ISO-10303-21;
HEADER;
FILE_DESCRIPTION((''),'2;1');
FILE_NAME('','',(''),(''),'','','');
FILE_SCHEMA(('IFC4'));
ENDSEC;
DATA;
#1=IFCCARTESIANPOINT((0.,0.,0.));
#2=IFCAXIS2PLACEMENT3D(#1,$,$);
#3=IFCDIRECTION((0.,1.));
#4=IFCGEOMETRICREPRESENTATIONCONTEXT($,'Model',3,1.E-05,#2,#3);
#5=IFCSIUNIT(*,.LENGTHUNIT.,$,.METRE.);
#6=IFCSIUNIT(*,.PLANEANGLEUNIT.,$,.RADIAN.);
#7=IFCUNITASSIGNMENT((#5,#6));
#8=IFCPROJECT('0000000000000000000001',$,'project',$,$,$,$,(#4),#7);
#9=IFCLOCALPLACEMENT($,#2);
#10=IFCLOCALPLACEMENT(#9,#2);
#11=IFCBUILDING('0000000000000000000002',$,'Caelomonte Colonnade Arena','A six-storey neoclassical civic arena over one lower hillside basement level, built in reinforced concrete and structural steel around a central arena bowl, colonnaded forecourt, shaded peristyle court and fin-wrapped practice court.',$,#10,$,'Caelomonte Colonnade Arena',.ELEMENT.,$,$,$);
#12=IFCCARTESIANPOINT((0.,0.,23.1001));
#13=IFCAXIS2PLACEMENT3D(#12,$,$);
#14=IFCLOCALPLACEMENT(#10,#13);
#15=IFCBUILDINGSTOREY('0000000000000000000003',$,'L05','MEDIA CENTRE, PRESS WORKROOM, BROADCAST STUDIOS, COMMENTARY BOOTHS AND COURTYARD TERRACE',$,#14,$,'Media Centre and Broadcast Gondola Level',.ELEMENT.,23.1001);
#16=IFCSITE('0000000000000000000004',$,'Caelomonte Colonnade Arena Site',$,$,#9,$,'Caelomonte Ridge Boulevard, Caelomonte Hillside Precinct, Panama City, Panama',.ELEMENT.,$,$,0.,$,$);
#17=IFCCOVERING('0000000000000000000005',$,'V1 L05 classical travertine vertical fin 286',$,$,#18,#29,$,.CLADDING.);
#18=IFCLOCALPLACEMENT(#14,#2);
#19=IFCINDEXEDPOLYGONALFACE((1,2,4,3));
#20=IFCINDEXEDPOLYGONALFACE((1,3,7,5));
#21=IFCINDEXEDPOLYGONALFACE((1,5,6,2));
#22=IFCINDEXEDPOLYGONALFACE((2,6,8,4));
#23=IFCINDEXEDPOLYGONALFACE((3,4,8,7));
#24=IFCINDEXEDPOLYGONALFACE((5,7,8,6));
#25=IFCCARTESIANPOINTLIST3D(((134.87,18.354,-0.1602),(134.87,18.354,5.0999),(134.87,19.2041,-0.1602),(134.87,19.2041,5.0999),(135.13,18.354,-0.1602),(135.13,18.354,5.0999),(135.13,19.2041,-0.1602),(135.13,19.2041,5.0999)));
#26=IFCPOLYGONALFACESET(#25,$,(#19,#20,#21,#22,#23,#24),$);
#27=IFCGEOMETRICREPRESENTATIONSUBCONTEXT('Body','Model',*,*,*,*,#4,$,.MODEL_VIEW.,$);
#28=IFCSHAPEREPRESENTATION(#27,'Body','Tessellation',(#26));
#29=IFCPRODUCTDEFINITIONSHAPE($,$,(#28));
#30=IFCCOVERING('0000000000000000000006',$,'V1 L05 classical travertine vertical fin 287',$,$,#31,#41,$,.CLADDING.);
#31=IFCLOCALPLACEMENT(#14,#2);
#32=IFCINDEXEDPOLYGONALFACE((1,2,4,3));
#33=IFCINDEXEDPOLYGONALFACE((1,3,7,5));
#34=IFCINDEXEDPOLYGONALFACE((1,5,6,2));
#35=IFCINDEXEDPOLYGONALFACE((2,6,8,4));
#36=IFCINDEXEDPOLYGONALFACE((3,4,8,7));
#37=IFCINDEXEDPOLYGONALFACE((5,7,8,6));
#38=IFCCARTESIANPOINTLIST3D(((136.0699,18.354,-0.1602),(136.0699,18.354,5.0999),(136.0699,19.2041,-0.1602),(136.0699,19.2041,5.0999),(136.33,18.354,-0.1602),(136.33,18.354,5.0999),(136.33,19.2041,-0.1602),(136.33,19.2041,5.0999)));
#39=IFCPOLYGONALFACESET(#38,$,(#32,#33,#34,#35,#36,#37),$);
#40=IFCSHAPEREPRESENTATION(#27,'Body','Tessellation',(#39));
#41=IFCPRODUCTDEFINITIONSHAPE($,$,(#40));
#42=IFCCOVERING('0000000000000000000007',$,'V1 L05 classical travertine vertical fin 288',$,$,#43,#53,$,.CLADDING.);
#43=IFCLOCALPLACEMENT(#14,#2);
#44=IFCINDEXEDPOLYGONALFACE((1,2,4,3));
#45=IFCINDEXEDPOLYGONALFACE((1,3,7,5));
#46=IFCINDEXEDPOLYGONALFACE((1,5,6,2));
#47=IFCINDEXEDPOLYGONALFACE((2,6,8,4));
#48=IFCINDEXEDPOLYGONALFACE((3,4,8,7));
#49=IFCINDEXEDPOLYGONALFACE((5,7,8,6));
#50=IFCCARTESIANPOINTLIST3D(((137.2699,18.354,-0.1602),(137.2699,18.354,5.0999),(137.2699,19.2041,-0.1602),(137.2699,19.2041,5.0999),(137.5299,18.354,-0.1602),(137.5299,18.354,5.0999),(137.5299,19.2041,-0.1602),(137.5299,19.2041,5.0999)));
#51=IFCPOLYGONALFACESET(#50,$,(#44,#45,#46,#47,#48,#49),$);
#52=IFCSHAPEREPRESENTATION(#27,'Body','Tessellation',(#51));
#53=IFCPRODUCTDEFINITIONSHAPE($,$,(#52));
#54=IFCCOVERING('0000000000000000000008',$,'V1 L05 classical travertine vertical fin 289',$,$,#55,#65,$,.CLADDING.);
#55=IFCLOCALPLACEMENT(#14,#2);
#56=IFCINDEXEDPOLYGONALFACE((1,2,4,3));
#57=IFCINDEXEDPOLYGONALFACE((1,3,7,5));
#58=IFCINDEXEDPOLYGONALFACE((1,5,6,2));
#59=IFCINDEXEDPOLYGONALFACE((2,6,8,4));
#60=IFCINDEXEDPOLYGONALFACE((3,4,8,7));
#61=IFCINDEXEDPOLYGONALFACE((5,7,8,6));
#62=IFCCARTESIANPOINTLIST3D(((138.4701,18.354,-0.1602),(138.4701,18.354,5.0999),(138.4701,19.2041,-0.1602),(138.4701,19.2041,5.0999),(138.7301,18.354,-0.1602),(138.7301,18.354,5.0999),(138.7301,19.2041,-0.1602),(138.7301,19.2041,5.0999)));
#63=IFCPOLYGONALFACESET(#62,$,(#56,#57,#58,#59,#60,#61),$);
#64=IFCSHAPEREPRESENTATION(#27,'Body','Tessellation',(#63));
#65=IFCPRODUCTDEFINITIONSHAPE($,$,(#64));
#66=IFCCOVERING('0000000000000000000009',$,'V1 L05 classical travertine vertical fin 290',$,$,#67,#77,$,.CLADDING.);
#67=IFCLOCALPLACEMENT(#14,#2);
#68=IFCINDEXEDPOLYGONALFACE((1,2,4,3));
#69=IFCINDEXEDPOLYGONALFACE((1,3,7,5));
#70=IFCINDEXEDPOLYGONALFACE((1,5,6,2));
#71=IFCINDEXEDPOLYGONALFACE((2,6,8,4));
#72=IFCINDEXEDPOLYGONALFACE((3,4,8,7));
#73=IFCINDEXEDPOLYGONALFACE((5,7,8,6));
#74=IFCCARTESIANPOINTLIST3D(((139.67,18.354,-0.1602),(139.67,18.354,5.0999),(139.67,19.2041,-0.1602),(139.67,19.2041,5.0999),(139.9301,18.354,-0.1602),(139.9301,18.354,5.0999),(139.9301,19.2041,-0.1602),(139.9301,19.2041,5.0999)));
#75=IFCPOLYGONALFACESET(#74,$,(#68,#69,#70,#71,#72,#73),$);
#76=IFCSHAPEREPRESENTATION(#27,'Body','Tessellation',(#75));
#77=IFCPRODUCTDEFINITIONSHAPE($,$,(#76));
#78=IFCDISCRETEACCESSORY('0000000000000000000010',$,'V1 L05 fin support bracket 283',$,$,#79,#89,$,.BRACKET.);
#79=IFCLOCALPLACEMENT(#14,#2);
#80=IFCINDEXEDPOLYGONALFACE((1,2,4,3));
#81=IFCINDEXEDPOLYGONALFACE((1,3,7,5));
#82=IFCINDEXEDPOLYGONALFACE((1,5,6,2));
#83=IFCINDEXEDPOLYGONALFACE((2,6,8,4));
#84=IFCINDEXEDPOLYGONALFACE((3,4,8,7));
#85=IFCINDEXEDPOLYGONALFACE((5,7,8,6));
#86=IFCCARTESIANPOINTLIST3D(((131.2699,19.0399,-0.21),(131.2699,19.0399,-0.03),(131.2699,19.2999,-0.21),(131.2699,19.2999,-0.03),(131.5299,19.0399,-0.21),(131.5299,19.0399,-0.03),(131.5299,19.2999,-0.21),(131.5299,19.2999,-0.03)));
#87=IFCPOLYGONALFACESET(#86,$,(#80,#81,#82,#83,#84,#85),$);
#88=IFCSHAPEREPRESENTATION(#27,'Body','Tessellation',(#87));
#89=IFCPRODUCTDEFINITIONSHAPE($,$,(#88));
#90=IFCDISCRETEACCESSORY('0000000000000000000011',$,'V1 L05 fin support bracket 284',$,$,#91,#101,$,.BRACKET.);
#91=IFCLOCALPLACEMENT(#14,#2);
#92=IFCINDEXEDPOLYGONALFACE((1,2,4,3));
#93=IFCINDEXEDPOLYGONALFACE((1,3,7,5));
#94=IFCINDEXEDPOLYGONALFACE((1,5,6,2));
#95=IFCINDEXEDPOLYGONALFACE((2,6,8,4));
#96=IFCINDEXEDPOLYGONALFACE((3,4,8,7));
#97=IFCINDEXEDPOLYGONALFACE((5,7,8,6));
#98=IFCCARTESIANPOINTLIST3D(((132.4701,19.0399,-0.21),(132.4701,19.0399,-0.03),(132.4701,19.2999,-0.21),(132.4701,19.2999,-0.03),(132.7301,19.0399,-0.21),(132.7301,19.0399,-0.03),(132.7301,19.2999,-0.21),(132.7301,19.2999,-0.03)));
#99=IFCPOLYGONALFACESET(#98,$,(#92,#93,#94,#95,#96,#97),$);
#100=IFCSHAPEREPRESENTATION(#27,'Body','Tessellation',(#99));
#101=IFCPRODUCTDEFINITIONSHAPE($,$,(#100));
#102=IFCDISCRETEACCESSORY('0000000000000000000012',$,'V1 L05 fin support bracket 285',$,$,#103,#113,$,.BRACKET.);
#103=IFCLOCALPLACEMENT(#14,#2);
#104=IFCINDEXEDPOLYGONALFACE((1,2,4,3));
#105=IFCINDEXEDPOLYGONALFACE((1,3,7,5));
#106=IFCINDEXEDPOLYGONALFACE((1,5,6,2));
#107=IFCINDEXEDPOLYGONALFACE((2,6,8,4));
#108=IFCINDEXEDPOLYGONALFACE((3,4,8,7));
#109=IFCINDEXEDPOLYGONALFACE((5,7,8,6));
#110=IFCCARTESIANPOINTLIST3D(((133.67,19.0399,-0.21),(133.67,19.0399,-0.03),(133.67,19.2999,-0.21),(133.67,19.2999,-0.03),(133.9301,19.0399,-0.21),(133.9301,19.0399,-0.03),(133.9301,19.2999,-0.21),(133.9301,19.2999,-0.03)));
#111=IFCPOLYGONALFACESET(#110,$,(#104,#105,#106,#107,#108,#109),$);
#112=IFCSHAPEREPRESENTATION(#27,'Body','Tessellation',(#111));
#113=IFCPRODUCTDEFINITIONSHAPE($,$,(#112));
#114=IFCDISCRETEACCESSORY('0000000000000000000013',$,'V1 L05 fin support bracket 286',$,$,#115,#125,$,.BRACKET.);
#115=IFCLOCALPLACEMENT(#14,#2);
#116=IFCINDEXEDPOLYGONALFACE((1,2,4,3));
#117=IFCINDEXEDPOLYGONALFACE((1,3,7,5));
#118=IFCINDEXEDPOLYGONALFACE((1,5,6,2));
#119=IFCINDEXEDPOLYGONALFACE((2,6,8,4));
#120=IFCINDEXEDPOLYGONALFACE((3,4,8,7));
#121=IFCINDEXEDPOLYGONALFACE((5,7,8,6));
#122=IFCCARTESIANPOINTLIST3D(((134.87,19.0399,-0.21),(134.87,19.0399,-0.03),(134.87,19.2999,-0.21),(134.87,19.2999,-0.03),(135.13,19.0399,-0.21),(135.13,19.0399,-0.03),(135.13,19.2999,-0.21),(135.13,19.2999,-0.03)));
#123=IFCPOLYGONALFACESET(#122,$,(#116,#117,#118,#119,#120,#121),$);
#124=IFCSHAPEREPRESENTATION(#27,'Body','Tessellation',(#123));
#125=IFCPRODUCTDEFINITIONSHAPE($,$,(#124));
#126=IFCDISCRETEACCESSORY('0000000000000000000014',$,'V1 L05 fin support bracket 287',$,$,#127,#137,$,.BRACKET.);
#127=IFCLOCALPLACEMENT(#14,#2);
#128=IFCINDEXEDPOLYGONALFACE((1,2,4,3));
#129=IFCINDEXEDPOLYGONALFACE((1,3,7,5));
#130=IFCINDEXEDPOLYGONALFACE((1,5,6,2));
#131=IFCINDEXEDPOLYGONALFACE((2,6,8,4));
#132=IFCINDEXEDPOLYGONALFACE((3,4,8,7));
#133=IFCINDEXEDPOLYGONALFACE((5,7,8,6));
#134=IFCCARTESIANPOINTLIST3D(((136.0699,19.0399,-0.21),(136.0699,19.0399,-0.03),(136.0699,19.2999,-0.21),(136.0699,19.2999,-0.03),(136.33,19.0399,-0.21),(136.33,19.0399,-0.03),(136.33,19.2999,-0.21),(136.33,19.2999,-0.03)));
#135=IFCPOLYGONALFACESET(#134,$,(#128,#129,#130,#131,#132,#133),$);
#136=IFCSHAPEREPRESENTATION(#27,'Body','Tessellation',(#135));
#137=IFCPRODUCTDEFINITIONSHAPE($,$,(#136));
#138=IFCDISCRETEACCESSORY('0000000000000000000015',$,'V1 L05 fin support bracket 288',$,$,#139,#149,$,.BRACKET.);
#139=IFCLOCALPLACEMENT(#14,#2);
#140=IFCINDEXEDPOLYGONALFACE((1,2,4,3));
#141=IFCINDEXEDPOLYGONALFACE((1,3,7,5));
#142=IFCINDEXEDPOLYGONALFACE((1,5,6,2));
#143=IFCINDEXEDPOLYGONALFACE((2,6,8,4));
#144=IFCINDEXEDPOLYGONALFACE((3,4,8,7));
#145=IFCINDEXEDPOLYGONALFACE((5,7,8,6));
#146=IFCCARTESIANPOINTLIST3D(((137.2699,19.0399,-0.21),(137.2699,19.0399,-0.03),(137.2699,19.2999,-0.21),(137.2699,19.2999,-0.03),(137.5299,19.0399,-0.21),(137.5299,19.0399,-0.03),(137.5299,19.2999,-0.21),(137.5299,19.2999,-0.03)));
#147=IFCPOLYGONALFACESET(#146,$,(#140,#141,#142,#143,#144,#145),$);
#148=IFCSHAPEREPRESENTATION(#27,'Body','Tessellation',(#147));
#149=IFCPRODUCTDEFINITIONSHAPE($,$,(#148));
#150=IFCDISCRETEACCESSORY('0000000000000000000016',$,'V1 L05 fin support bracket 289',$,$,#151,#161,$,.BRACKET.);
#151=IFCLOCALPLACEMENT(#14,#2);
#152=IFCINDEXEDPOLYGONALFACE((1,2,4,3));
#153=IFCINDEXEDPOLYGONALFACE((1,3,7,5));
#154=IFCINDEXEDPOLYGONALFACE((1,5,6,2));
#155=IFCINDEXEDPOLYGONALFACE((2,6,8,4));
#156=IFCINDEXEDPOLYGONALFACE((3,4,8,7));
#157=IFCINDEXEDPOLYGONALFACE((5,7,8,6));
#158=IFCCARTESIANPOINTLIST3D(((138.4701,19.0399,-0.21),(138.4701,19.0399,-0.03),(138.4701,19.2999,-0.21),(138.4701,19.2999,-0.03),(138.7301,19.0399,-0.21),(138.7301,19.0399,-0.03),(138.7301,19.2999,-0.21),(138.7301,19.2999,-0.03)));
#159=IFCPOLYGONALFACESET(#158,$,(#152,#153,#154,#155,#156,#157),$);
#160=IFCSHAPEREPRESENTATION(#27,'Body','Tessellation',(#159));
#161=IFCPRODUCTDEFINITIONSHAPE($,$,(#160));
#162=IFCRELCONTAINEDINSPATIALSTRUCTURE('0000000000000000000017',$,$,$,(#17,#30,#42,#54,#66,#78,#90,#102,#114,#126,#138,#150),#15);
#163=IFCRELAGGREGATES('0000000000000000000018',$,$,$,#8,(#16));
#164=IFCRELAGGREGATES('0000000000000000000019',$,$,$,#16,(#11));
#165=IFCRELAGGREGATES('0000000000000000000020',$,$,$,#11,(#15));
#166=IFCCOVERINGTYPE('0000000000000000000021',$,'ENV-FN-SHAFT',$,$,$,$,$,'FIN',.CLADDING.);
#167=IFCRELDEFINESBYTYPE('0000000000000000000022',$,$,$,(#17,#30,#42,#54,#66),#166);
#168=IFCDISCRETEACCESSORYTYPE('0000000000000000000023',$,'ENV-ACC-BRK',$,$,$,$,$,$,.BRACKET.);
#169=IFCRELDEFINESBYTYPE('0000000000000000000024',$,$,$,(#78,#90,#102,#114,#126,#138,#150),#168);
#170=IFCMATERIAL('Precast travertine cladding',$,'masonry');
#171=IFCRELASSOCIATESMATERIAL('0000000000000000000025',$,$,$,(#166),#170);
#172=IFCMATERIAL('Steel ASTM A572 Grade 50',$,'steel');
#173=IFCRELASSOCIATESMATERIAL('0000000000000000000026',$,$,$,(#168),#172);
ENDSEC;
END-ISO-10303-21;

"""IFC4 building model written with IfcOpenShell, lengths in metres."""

from ifc_helpers import new_model, si_unit, direction, frame, origin, origin_2d, place, context, subcontext, project, spatial, rectangle, extrude, material, material_profile, profile_set, type_object, element, save


model = new_model("IFC4")

# Units and contexts
model_context = context("Model", 3, precision=1e-05, world=origin(), true_north=direction((0.0, 1.0)))
body_context = subcontext(model_context, "Body", "Model", "MODEL_VIEW")
ifc_project = project(units=[si_unit("LENGTHUNIT", "METRE"), si_unit("PLANEANGLEUNIT", "RADIAN")], contexts=[model_context])

# Site, building, storey
site_placement = place(None, origin())
site = spatial("IfcSite", under=ifc_project, at=site_placement, Name="Caelomonte Colonnade Arena Site", LongName="Caelomonte Ridge Boulevard, Caelomonte Hillside Precinct, Panama City, Panama", CompositionType="ELEMENT", RefElevation=0.0)
building_placement = place(site_placement, origin())
building = spatial("IfcBuilding", under=site, at=building_placement, Name="Caelomonte Colonnade Arena", Description="A six-storey neoclassical civic arena over one lower hillside basement level, built in reinforced concrete and structural steel around a central arena bowl, colonnaded forecourt, shaded peristyle court and fin-wrapped practice court.", LongName="Caelomonte Colonnade Arena", CompositionType="ELEMENT")
storey_placement = place(building_placement, frame((0.0, 0.0, 23.1001)))
storey = spatial("IfcBuildingStorey", under=building, at=storey_placement, Name="L05", Description="MEDIA CENTRE, PRESS WORKROOM, BROADCAST STUDIOS, COMMENTARY BOOTHS AND COURTYARD TERRACE", LongName="Media Centre and Broadcast Gondola Level", CompositionType="ELEMENT", Elevation=23.1001)

# Coverings
ifc_material_1 = material(Name="Precast travertine cladding", Category="masonry")
ifc_material_profile_1 = material_profile(ifc_material_1, rectangle(XDim=0.26, YDim=0.8501, at=origin_2d()), Name="FIN260X850")
ifc_profile_set_1 = profile_set([ifc_material_profile_1], Name="Precast travertine cladding")
covering_type = type_object("IfcCoveringType", Name="ENV-FN-SHAFT", ElementType="FIN", PredefinedType="CLADDING", material=ifc_profile_set_1)
for number, where, z_axis, x_axis, name in (
    (1, (135.0, 18.7791, -0.1602), (0.0, 0.0, 1.0), (-1.0, 0.0, 0.0), "V1 L05 classical travertine vertical fin 286"),
    (2, (136.2, 18.7791, -0.1602), (0.0, 0.0, 1.0), (-1.0, 0.0, 0.0), "V1 L05 classical travertine vertical fin 287"),
    (3, (137.3999, 18.7791, -0.1602), (0.0, 0.0, 1.0), (-1.0, 0.0, 0.0), "V1 L05 classical travertine vertical fin 288"),
    (4, (138.6001, 18.7791, -0.1602), (0.0, 0.0, 1.0), (-1.0, 0.0, 0.0), "V1 L05 classical travertine vertical fin 289"),
    (5, (139.8, 18.7791, -0.1602), (0.0, 0.0, 1.0), (-1.0, 0.0, 0.0), "V1 L05 classical travertine vertical fin 290"),
):
    element("IfcCovering", number, at=place(storey_placement, frame(where, z_axis=z_axis, x_axis=x_axis)), inside=storey, type_object=covering_type, Name=name, PredefinedType="CLADDING", context=body_context, shape_type="SweptSolid", body=[
        extrude(rectangle(XDim=0.26, YDim=0.8501, at=origin_2d()), origin(), (0.0, 0.0, 1.0), 5.26),
    ])

# Discrete accessories
ifc_material_2 = material(Name="Steel ASTM A572 Grade 50", Category="steel")
discrete_accessory_type = type_object("IfcDiscreteAccessoryType", Name="ENV-ACC-BRK", PredefinedType="BRACKET", material=ifc_material_2)
for number, where, z_axis, x_axis, name in (
    (6, (131.3999, 19.1699, -0.21), (0.0, 0.0, 1.0), (1.0, 0.0, 0.0), "V1 L05 fin support bracket 283"),
    (7, (132.6001, 19.1699, -0.21), (0.0, 0.0, 1.0), (1.0, 0.0, 0.0), "V1 L05 fin support bracket 284"),
    (8, (133.8, 19.1699, -0.21), (0.0, 0.0, 1.0), (1.0, 0.0, 0.0), "V1 L05 fin support bracket 285"),
    (9, (135.0, 19.1699, -0.21), (0.0, 0.0, 1.0), (1.0, 0.0, 0.0), "V1 L05 fin support bracket 286"),
    (10, (136.2, 19.1699, -0.21), (0.0, 0.0, 1.0), (1.0, 0.0, 0.0), "V1 L05 fin support bracket 287"),
    (11, (137.3999, 19.1699, -0.21), (0.0, 0.0, 1.0), (1.0, 0.0, 0.0), "V1 L05 fin support bracket 288"),
    (12, (138.6001, 19.1699, -0.21), (0.0, 0.0, 1.0), (1.0, 0.0, 0.0), "V1 L05 fin support bracket 289"),
):
    element("IfcDiscreteAccessory", number, at=place(storey_placement, frame(where, z_axis=z_axis, x_axis=x_axis)), inside=storey, type_object=discrete_accessory_type, Name=name, PredefinedType="BRACKET", context=body_context, shape_type="SweptSolid", body=[
        extrude(rectangle(XDim=0.26, YDim=0.26, at=origin_2d()), origin(), (0.0, 0.0, 1.0), 0.1799),
    ])

save(model, "model.ifc")
